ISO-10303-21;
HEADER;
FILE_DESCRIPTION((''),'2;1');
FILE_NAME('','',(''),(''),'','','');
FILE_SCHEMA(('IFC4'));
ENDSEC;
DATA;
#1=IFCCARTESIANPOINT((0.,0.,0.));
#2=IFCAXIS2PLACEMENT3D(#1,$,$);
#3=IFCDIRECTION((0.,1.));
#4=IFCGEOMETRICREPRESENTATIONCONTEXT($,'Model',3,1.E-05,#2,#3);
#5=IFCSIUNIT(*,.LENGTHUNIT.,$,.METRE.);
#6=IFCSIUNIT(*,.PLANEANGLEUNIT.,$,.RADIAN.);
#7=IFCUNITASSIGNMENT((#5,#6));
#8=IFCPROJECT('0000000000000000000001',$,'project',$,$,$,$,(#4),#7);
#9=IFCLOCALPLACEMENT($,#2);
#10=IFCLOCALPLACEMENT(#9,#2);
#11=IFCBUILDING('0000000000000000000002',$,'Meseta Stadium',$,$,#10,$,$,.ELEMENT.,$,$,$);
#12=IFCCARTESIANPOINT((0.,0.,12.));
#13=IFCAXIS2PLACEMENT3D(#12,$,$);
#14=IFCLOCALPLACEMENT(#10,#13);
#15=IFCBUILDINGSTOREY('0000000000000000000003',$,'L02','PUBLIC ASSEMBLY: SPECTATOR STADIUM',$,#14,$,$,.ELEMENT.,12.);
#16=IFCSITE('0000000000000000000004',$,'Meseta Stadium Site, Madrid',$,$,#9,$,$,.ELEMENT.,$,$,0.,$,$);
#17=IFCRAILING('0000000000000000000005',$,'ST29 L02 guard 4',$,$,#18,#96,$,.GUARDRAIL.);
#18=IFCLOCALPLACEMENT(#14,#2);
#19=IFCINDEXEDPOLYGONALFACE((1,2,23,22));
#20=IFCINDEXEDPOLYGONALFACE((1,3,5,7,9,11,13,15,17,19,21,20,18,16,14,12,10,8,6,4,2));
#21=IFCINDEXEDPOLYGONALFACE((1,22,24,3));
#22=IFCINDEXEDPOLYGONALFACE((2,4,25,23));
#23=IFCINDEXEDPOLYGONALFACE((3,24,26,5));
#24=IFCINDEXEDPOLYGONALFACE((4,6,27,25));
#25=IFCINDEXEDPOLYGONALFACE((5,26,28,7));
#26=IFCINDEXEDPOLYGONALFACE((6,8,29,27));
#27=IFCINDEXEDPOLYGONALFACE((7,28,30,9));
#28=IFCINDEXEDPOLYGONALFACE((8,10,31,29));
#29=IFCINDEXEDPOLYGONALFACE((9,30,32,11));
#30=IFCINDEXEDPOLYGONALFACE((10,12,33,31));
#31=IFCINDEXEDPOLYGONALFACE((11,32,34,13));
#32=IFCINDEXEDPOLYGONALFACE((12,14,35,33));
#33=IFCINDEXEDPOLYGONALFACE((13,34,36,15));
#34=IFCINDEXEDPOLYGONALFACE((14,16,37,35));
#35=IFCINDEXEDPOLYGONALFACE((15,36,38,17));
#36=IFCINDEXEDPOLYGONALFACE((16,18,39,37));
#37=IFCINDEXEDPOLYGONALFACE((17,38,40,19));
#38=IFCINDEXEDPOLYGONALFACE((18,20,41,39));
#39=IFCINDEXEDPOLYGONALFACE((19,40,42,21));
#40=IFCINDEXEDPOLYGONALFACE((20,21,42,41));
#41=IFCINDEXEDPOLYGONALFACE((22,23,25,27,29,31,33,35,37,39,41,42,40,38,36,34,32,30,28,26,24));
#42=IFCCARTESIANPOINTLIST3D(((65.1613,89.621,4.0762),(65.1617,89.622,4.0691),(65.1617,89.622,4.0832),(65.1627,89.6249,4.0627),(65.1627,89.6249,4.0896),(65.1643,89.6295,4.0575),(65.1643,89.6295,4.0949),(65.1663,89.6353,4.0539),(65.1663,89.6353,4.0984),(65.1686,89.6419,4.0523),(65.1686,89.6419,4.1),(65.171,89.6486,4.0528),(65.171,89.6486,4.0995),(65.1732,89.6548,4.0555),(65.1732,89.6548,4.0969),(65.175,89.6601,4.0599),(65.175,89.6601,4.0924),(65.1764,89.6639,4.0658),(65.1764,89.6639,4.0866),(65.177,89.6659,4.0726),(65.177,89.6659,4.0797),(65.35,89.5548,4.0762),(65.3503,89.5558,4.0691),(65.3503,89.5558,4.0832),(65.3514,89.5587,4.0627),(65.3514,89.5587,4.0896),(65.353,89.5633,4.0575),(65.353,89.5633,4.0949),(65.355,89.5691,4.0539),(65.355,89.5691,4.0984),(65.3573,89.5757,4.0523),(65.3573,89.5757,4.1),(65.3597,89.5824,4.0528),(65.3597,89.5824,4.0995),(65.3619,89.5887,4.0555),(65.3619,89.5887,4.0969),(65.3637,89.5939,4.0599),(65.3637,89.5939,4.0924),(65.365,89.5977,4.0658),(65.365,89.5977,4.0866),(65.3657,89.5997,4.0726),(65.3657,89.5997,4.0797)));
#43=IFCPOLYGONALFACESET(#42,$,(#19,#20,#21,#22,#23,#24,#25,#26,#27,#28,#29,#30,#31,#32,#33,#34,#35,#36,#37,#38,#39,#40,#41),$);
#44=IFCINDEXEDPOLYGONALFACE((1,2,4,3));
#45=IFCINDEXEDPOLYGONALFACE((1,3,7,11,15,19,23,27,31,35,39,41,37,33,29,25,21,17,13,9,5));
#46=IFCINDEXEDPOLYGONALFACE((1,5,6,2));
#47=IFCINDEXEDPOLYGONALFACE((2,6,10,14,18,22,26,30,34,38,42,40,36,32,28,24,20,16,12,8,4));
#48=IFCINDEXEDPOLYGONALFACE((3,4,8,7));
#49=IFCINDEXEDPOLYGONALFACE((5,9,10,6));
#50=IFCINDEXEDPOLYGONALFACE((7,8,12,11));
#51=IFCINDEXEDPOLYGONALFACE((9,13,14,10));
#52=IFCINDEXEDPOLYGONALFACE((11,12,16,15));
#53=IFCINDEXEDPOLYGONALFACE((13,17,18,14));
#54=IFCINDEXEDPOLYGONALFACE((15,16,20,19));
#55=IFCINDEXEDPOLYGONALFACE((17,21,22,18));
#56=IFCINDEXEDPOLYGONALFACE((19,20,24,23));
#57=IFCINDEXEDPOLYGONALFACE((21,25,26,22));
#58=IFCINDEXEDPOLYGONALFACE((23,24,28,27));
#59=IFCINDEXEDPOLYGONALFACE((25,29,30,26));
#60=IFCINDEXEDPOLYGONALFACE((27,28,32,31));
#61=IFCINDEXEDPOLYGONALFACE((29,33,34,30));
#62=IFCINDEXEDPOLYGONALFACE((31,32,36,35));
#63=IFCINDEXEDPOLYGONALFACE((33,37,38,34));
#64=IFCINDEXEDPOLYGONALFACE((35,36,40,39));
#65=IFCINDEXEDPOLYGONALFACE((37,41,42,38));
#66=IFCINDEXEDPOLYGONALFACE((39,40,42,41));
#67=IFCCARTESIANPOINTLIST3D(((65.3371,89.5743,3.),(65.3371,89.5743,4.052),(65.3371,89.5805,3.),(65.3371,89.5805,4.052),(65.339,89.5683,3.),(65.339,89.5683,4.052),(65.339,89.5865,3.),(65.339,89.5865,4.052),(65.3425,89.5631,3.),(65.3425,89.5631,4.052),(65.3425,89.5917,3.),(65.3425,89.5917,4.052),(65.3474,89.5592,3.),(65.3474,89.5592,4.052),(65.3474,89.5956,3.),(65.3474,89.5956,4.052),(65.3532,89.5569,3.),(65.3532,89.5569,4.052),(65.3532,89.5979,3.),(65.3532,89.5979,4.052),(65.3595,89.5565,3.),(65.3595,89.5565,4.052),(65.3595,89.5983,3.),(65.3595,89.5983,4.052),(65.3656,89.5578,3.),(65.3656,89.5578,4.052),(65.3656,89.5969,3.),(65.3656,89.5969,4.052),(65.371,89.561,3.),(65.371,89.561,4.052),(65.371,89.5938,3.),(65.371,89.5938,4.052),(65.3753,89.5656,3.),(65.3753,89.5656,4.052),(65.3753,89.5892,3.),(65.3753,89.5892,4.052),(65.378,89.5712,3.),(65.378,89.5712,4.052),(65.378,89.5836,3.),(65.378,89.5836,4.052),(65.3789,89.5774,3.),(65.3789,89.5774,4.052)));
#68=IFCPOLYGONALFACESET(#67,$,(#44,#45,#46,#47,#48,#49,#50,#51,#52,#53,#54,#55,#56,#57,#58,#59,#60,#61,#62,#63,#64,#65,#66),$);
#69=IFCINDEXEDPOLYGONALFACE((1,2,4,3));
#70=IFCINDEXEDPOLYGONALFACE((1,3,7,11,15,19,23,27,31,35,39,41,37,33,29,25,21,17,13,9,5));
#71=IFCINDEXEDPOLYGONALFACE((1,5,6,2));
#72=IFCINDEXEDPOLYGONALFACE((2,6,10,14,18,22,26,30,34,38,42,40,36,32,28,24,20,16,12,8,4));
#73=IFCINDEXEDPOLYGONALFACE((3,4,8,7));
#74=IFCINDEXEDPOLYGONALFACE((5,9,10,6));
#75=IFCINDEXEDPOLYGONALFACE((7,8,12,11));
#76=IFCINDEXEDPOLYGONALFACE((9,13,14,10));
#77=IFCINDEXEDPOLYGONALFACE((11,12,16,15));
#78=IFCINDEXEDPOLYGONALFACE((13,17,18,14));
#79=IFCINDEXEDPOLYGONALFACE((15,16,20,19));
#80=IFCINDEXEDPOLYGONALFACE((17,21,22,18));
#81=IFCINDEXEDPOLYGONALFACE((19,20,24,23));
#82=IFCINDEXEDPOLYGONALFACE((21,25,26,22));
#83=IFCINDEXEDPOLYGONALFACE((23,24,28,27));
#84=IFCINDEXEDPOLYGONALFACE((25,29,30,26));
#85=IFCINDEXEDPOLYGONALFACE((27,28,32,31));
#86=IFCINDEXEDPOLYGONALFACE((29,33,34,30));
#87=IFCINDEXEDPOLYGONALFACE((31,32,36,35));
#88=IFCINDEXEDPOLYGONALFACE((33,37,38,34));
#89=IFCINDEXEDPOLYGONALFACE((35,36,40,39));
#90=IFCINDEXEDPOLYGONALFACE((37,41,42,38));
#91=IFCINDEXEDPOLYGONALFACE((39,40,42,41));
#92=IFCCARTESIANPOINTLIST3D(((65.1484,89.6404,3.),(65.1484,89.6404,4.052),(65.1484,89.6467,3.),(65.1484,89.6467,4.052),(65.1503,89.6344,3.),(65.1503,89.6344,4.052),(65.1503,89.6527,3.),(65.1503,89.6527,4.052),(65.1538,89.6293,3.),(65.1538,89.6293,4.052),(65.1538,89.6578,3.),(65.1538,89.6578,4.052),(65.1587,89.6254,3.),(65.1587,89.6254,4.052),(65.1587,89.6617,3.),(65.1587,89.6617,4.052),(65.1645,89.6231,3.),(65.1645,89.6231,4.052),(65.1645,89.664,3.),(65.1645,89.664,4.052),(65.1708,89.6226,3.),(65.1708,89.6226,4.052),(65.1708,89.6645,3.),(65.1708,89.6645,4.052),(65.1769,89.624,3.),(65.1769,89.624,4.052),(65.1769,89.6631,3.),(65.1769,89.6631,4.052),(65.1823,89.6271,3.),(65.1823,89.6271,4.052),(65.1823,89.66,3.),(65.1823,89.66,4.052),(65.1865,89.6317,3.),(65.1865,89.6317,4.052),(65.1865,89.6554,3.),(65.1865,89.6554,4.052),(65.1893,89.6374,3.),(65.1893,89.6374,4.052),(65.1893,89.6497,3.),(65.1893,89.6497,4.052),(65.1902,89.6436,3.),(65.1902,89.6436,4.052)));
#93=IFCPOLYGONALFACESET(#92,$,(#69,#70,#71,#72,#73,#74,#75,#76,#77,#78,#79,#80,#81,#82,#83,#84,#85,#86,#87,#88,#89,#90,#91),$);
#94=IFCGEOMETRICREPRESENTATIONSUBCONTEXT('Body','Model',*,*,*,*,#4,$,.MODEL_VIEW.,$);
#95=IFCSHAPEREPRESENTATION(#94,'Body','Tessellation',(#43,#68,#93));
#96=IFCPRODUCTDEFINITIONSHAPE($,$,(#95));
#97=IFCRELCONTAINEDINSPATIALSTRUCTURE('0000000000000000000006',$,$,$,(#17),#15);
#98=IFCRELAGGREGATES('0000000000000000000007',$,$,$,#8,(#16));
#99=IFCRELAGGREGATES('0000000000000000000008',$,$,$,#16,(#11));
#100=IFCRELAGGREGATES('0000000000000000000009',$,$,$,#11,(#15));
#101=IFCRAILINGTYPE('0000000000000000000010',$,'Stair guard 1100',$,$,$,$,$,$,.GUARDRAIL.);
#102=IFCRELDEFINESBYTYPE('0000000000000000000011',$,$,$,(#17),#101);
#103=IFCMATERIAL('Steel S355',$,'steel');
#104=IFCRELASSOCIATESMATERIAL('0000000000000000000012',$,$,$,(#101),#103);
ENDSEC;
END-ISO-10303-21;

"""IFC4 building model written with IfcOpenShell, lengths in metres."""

from ifc_helpers import new_model, si_unit, direction, frame, origin, origin_2d, place, context, subcontext, project, spatial, circle, extrude, material, type_object, element, save


model = new_model("IFC4")

# Units and contexts
model_context = context("Model", 3, precision=1e-05, world=origin(), true_north=direction((0.0, 1.0)))
body_context = subcontext(model_context, "Body", "Model", "MODEL_VIEW")
ifc_project = project(units=[si_unit("LENGTHUNIT", "METRE"), si_unit("PLANEANGLEUNIT", "RADIAN")], contexts=[model_context])

# Site, building, storey
site_placement = place(None, origin())
site = spatial("IfcSite", under=ifc_project, at=site_placement, Name="Meseta Stadium Site, Madrid", CompositionType="ELEMENT", RefElevation=0.0)
building_placement = place(site_placement, origin())
building = spatial("IfcBuilding", under=site, at=building_placement, Name="Meseta Stadium", CompositionType="ELEMENT")
storey_placement = place(building_placement, frame((0.0, 0.0, 12.0)))
storey = spatial("IfcBuildingStorey", under=building, at=storey_placement, Name="L02", Description="PUBLIC ASSEMBLY: SPECTATOR STADIUM", CompositionType="ELEMENT", Elevation=12.0)

# Railing
ifc_material_1 = material(Name="Steel S355", Category="steel")
railing_type_1 = type_object("IfcRailingType", Name="Stair guard 1100", PredefinedType="GUARDRAIL", material=ifc_material_1)
railing_1_placement = place(storey_placement, frame((65.3579, 89.5774, 3.0)))
element("IfcRailing", 1, at=railing_1_placement, inside=storey, type_object=railing_type_1, Name="ST29 L02 guard 4", PredefinedType="GUARDRAIL", context=body_context, shape_type="SweptSolid", body=[
    extrude(circle(Radius=0.0239, at=origin_2d()), frame((0.0, 0.0, 1.0762), z_axis=(-0.943687, 0.33084, 0.0), x_axis=(-0.33084, -0.943687, 0.0)), (0.0, 0.0, 1.0), 0.2),
    extrude(circle(Radius=0.021, at=origin_2d()), origin(), (0.0, 0.0, 1.0), 1.052),
    extrude(circle(Radius=0.021, at=origin_2d()), frame((-0.1887, 0.0662, 0.0)), (0.0, 0.0, 1.0), 1.052),
])

save(model, "model.ifc")
